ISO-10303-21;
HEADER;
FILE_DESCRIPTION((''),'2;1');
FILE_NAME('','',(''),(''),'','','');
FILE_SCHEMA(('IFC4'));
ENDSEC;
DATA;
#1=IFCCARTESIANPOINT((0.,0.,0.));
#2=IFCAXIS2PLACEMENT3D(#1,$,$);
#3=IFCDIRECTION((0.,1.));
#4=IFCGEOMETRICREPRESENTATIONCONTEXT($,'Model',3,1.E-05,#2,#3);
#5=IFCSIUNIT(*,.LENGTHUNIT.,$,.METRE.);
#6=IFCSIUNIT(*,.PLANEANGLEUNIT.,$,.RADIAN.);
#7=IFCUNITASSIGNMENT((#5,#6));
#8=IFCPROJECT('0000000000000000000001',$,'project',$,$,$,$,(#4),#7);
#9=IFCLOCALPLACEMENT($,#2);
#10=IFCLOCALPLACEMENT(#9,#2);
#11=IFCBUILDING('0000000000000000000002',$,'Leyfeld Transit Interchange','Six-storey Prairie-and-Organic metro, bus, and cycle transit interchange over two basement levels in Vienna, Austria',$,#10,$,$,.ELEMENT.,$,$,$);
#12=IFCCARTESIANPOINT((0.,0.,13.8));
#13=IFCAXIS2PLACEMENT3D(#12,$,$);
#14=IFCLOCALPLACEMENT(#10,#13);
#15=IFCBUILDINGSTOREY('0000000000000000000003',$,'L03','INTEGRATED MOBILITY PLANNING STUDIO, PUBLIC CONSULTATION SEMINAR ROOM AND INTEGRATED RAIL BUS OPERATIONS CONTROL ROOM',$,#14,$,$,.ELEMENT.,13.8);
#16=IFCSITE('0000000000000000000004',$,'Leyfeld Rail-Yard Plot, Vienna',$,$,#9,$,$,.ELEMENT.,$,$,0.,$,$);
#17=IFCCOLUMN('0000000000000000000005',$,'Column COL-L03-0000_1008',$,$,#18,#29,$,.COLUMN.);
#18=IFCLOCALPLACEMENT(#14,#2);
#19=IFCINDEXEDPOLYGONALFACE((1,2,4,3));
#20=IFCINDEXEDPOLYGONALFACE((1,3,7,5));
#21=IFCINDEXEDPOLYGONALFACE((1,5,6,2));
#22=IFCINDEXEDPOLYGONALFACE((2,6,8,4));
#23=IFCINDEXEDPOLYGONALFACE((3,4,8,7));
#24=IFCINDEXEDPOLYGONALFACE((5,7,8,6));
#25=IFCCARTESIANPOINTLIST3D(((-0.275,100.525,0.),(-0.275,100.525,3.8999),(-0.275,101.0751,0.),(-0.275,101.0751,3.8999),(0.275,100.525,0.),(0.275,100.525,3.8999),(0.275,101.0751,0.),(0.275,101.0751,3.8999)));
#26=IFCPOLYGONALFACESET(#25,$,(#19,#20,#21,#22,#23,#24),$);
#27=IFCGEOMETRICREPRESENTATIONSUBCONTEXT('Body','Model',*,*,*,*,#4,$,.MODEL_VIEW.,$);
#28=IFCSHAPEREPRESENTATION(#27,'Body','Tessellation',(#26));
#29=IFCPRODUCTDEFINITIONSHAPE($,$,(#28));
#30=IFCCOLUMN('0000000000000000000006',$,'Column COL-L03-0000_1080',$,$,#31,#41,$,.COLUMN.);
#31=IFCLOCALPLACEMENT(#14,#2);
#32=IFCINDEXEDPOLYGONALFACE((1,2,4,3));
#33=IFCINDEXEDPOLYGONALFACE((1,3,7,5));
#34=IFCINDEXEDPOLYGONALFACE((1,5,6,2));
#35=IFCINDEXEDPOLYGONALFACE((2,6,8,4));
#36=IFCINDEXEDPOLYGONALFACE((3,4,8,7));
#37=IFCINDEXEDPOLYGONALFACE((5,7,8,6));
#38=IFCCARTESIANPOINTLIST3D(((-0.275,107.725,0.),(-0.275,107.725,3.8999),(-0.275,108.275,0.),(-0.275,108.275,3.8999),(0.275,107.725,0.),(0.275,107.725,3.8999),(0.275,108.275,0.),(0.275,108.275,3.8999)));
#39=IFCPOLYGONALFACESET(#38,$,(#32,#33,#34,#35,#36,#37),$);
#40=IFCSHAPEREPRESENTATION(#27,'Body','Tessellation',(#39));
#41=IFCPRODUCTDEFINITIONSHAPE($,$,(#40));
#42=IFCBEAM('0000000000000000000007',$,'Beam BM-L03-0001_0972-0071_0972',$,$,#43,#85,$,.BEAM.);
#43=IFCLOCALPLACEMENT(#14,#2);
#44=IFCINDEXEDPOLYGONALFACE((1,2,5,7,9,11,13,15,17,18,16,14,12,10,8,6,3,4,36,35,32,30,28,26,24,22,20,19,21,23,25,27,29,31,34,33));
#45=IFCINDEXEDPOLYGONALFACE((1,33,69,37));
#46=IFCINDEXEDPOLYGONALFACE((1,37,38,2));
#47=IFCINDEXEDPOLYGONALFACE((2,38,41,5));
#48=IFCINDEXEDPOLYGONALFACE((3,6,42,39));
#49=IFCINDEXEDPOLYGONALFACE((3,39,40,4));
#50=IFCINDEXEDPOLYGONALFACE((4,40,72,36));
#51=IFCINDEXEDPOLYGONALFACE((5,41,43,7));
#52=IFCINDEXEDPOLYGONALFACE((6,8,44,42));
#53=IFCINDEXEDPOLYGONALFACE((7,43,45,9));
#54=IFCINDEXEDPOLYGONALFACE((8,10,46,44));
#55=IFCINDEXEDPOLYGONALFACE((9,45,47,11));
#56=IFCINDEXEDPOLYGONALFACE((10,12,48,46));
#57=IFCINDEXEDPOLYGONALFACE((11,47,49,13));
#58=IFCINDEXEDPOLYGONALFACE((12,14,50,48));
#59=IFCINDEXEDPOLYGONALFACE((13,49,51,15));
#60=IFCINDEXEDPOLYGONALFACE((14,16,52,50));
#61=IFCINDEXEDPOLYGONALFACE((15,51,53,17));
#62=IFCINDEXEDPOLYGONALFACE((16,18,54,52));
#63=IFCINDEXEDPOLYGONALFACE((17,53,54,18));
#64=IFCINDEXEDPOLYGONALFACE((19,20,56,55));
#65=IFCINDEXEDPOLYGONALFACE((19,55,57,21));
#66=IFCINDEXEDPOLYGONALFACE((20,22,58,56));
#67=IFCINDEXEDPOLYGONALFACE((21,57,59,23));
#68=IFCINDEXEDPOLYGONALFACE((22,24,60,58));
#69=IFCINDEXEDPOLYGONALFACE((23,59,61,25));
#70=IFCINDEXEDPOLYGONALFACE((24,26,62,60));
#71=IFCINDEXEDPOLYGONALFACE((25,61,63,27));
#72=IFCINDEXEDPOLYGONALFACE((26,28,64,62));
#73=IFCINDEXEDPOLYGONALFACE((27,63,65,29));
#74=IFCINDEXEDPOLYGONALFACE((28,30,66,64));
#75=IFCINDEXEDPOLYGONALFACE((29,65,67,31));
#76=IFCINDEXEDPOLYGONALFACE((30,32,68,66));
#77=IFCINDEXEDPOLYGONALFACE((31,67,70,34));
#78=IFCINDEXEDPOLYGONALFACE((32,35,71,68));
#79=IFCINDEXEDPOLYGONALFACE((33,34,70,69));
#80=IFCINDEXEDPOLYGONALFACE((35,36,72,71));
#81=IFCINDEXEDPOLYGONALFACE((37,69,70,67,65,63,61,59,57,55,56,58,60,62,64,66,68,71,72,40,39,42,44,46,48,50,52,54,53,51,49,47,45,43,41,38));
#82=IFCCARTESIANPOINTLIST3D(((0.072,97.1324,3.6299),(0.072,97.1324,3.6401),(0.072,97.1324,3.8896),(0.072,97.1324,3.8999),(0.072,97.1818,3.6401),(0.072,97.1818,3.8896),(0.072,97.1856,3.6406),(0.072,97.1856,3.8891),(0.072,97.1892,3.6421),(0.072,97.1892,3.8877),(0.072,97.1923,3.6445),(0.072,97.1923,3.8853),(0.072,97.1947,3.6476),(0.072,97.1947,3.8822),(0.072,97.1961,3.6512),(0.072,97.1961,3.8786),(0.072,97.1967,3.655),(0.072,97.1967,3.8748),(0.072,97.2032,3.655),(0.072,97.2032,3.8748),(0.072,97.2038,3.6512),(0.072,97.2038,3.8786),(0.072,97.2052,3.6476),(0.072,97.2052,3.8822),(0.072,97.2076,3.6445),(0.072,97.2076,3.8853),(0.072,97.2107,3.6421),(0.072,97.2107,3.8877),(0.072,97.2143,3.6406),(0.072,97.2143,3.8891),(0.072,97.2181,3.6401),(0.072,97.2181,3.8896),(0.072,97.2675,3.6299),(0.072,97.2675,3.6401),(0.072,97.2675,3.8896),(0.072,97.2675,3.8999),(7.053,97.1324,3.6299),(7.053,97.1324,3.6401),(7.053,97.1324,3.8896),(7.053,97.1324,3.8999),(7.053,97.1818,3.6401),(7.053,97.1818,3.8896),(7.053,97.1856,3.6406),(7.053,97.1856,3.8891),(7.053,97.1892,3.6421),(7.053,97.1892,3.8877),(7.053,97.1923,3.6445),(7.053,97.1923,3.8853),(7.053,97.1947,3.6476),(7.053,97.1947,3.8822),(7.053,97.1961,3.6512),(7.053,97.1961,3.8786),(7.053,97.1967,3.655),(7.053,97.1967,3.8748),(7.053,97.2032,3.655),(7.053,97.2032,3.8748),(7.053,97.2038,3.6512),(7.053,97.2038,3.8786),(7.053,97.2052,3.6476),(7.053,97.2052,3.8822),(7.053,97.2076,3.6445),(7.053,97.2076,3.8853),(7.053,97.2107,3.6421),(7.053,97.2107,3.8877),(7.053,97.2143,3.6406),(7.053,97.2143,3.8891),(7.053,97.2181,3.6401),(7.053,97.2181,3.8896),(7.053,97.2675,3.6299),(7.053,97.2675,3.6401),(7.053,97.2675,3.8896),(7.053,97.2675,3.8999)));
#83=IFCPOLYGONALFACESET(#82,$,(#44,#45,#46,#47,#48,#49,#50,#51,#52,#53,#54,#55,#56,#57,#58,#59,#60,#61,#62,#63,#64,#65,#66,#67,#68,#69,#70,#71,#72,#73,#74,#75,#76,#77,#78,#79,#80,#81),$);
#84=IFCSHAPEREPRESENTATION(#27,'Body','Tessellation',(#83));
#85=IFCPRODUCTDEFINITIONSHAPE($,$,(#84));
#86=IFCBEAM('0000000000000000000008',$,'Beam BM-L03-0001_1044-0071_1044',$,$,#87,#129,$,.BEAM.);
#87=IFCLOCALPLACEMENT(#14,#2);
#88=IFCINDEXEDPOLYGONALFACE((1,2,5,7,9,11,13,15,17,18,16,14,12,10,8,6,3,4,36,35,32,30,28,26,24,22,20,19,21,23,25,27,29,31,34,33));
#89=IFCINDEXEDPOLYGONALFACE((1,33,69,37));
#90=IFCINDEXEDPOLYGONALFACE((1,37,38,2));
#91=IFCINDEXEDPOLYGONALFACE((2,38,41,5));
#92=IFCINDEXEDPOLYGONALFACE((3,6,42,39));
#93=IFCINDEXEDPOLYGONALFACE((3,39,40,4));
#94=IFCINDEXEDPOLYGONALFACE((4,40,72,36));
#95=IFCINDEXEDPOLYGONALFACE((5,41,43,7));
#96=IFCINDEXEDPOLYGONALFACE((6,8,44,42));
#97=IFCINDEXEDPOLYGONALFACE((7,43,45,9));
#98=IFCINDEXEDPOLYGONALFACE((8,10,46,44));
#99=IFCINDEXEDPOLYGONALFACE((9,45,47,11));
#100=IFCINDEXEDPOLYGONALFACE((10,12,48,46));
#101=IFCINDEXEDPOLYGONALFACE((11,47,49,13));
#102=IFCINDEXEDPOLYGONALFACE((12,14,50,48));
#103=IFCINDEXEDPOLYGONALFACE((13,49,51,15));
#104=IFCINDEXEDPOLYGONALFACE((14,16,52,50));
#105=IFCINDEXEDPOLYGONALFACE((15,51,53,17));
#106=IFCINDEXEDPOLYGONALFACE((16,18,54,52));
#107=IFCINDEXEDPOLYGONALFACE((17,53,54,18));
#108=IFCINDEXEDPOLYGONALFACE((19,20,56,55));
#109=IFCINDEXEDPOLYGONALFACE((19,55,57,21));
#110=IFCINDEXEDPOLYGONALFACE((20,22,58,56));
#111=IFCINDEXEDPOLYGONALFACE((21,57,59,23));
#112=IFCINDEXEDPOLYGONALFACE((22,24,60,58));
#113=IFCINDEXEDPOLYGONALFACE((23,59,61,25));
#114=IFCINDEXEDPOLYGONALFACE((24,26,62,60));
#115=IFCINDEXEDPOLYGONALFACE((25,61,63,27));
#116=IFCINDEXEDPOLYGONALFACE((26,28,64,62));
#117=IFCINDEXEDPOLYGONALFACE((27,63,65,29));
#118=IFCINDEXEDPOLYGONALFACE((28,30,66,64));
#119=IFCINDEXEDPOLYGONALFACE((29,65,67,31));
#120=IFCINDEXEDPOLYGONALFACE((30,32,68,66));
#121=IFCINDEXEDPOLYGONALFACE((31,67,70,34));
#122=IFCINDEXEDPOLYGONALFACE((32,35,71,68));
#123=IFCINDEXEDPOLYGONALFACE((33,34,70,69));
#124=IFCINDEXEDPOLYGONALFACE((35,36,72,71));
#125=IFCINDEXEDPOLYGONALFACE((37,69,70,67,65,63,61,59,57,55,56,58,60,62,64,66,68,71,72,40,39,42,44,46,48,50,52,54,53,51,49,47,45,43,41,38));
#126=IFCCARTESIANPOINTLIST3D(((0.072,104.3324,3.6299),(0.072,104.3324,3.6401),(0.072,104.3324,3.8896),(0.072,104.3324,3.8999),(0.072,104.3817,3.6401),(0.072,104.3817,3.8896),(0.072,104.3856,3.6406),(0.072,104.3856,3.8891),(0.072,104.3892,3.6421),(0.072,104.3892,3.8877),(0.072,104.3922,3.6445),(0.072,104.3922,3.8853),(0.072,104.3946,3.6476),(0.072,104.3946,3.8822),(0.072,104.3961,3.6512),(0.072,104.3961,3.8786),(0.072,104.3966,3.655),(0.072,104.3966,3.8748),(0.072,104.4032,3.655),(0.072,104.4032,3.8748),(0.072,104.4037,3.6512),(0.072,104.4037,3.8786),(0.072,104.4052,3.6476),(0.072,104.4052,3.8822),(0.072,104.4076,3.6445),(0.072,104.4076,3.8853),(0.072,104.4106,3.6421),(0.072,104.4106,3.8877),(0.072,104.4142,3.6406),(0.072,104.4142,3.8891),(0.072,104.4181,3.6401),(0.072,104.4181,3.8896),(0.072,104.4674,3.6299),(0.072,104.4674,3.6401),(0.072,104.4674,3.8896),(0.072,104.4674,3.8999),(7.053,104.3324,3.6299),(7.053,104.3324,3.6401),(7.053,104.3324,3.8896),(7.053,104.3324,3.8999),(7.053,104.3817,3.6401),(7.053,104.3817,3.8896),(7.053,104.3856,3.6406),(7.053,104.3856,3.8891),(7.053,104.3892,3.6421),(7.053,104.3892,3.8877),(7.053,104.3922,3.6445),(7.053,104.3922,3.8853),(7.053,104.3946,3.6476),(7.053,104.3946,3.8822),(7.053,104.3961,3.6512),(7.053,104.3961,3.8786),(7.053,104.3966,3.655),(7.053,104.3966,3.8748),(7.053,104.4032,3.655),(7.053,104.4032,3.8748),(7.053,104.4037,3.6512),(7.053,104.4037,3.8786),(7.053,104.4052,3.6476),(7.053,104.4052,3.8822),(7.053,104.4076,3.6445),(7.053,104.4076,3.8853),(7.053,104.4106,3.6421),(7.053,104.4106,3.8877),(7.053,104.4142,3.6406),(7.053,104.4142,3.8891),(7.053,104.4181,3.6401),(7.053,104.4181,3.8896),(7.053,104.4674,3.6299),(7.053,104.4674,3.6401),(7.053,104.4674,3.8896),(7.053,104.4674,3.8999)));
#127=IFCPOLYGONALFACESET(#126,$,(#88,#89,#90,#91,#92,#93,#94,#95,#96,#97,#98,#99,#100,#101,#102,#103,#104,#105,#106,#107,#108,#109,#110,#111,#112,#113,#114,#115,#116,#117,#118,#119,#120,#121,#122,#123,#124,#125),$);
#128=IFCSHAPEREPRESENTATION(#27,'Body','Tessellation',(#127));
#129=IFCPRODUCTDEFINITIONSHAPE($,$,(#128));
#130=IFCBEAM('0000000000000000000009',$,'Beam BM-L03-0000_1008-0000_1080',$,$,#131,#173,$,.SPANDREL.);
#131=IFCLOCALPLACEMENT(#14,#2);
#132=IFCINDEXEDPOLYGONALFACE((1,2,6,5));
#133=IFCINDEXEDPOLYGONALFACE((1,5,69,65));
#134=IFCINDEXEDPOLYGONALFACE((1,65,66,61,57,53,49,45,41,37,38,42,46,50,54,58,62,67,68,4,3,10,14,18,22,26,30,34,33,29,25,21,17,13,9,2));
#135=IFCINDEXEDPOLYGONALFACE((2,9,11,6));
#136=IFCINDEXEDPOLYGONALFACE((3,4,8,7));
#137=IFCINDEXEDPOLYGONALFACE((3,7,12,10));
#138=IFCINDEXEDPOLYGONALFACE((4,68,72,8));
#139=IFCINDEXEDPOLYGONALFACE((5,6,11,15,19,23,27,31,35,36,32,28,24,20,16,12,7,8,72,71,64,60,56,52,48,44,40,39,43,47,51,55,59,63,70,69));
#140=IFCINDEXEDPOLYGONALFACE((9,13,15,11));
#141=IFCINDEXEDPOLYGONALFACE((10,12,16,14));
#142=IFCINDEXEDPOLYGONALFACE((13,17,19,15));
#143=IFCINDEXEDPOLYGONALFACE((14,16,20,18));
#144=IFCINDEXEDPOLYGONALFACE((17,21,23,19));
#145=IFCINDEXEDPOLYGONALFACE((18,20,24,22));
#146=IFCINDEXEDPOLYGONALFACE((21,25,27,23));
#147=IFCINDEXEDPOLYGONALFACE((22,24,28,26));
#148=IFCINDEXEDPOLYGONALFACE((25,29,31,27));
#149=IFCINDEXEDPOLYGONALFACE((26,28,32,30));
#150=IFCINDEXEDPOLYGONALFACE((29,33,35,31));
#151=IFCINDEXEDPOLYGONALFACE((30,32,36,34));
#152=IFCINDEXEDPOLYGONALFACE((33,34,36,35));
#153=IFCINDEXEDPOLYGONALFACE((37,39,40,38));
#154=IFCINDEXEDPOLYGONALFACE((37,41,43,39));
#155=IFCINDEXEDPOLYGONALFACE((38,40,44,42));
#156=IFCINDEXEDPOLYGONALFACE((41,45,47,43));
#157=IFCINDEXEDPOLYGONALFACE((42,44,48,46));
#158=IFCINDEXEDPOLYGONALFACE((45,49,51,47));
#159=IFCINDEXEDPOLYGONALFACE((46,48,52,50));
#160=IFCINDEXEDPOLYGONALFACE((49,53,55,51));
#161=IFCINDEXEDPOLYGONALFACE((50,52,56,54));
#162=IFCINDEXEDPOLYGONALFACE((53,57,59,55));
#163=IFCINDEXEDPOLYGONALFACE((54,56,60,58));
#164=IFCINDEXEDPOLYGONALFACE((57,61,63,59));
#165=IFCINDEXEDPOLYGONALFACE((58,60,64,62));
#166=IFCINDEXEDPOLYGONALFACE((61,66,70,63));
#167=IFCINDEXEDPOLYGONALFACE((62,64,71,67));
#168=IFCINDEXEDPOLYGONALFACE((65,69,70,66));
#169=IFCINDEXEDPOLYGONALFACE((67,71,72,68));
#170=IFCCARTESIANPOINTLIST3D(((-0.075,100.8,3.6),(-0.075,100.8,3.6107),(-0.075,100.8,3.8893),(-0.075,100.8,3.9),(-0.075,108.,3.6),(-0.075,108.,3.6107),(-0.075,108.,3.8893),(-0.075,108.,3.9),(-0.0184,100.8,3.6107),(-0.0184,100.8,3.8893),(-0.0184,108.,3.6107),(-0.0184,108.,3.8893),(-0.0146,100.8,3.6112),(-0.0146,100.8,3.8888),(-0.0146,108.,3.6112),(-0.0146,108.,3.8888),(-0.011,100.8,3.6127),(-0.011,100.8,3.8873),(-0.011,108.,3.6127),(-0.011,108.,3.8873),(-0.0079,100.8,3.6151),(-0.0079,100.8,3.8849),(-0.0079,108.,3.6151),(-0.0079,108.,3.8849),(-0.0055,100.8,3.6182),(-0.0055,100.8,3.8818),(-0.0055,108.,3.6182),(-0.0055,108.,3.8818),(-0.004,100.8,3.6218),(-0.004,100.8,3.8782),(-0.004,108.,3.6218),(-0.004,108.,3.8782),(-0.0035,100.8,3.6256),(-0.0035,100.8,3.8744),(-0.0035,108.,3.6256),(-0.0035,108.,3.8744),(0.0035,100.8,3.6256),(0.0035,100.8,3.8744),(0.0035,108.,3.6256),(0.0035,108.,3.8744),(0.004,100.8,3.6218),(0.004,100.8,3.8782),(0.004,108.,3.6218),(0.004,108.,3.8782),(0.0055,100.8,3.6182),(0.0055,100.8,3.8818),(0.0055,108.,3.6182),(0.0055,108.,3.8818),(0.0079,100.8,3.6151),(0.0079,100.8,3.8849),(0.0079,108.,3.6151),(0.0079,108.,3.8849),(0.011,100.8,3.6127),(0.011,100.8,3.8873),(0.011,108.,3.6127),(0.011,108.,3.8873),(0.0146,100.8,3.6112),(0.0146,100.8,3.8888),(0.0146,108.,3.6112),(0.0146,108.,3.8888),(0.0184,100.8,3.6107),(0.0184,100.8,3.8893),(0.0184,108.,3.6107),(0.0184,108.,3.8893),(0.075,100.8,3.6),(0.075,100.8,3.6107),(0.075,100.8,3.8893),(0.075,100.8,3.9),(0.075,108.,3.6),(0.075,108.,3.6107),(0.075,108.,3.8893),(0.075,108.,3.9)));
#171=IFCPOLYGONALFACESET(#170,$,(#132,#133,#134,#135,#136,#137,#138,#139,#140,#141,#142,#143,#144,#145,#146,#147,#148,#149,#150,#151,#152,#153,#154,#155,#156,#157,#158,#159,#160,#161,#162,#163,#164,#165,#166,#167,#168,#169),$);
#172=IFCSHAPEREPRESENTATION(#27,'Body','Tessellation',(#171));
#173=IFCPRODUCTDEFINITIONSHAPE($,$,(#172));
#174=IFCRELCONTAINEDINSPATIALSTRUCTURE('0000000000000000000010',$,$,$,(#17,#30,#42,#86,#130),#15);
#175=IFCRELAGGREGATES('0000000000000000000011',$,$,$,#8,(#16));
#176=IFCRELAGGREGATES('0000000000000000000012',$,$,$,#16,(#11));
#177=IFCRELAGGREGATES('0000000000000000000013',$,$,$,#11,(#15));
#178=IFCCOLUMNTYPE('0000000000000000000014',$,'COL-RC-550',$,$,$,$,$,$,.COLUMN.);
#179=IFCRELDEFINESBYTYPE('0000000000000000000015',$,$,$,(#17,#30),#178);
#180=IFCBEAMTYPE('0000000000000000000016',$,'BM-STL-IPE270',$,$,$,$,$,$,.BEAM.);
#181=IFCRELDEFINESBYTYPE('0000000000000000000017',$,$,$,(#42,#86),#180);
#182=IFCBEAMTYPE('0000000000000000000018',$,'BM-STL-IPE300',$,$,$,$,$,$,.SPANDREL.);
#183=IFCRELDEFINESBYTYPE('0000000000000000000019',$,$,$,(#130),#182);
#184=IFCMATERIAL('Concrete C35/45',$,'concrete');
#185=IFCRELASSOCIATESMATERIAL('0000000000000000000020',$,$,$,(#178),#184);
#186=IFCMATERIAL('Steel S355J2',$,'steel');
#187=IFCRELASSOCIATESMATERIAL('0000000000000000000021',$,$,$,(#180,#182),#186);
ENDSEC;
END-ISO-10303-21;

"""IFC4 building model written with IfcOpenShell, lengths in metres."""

from ifc_helpers import new_model, si_unit, direction, frame, origin, origin_2d, place, context, subcontext, project, spatial, rectangle, i_section, extrude, material, material_profile, profile_set, type_object, element, save


model = new_model("IFC4")

# Units and contexts
model_context = context("Model", 3, precision=1e-05, world=origin(), true_north=direction((0.0, 1.0)))
body_context = subcontext(model_context, "Body", "Model", "MODEL_VIEW")
ifc_project = project(units=[si_unit("LENGTHUNIT", "METRE"), si_unit("PLANEANGLEUNIT", "RADIAN")], contexts=[model_context])

# Site, building, storey
site_placement = place(None, origin())
site = spatial("IfcSite", under=ifc_project, at=site_placement, Name="Leyfeld Rail-Yard Plot, Vienna", CompositionType="ELEMENT", RefElevation=0.0)
building_placement = place(site_placement, origin())
building = spatial("IfcBuilding", under=site, at=building_placement, Name="Leyfeld Transit Interchange", Description="Six-storey Prairie-and-Organic metro, bus, and cycle transit interchange over two basement levels in Vienna, Austria", CompositionType="ELEMENT")
storey_placement = place(building_placement, frame((0.0, 0.0, 13.8)))
storey = spatial("IfcBuildingStorey", under=building, at=storey_placement, Name="L03", Description="INTEGRATED MOBILITY PLANNING STUDIO, PUBLIC CONSULTATION SEMINAR ROOM AND INTEGRATED RAIL BUS OPERATIONS CONTROL ROOM", CompositionType="ELEMENT", Elevation=13.8)

# Columns
ifc_material_1 = material(Name="Concrete C35/45", Category="concrete")
ifc_material_profile_1 = material_profile(ifc_material_1, rectangle(XDim=0.55, YDim=0.55, at=origin_2d()), Name="RC 550x550")
ifc_profile_set_1 = profile_set([ifc_material_profile_1], Name="Concrete C35/45")
column_type = type_object("IfcColumnType", Name="COL-RC-550", PredefinedType="COLUMN", material=ifc_profile_set_1)
for number, where, z_axis, x_axis, name in (
    (1, (0.0, 100.8, 0.0), (0.0, 0.0, 1.0), (1.0, 0.0, 0.0), "Column COL-L03-0000_1008"),
    (2, (0.0, 108.0, 0.0), (0.0, 0.0, 1.0), (1.0, 0.0, 0.0), "Column COL-L03-0000_1080"),
):
    element("IfcColumn", number, at=place(storey_placement, frame(where, z_axis=z_axis, x_axis=x_axis)), inside=storey, type_object=column_type, Name=name, PredefinedType="COLUMN", context=body_context, shape_type="SweptSolid", body=[
        extrude(rectangle(XDim=0.55, YDim=0.55, at=origin_2d()), origin(), (0.0, 0.0, 1.0), 3.8999),
    ])

# Beams
ifc_material_2 = material(Name="Steel S355J2", Category="steel")
ifc_material_profile_2 = material_profile(ifc_material_2, i_section(OverallWidth=0.135, OverallDepth=0.27, WebThickness=0.0066, FlangeThickness=0.0103, FilletRadius=0.0149, at=origin_2d()), Name="IPE 270")
ifc_profile_set_2 = profile_set([ifc_material_profile_2], Name="Steel S355J2")
beam_type_1 = type_object("IfcBeamType", Name="BM-STL-IPE270", PredefinedType="BEAM", material=ifc_profile_set_2)
for number, where, z_axis, x_axis, name in (
    (3, (0.072, 97.2, 3.7649), (1.0, 0.0, 0.0), (0.0, 1.0, 0.0), "Beam BM-L03-0001_0972-0071_0972"),
    (4, (0.072, 104.3999, 3.7649), (1.0, 0.0, 0.0), (0.0, 1.0, 0.0), "Beam BM-L03-0001_1044-0071_1044"),
):
    element("IfcBeam", number, at=place(storey_placement, frame(where, z_axis=z_axis, x_axis=x_axis)), inside=storey, type_object=beam_type_1, Name=name, PredefinedType="BEAM", context=body_context, shape_type="SweptSolid", body=[
        extrude(i_section(OverallWidth=0.135, OverallDepth=0.27, WebThickness=0.0066, FlangeThickness=0.0103, FilletRadius=0.0149, at=origin_2d()), origin(), (0.0, 0.0, 1.0), 6.981),
    ])
ifc_material_profile_3 = material_profile(ifc_material_2, i_section(OverallWidth=0.1499, OverallDepth=0.3, WebThickness=0.0071, FlangeThickness=0.0107, FilletRadius=0.0149, at=origin_2d()), Name="IPE 300")
ifc_profile_set_3 = profile_set([ifc_material_profile_3], Name="Steel S355J2")
beam_type_2 = type_object("IfcBeamType", Name="BM-STL-IPE300", PredefinedType="SPANDREL", material=ifc_profile_set_3)
for number, where, z_axis, x_axis, name in (
    (5, (0.0, 100.8, 3.75), (0.0, 1.0, 0.0), (-1.0, 0.0, 0.0), "Beam BM-L03-0000_1008-0000_1080"),
):
    element("IfcBeam", number, at=place(storey_placement, frame(where, z_axis=z_axis, x_axis=x_axis)), inside=storey, type_object=beam_type_2, Name=name, PredefinedType="SPANDREL", context=body_context, shape_type="SweptSolid", body=[
        extrude(i_section(OverallWidth=0.1499, OverallDepth=0.3, WebThickness=0.0071, FlangeThickness=0.0107, FilletRadius=0.0149, at=origin_2d()), origin(), (0.0, 0.0, 1.0), 7.2),
    ])

save(model, "model.ifc")
